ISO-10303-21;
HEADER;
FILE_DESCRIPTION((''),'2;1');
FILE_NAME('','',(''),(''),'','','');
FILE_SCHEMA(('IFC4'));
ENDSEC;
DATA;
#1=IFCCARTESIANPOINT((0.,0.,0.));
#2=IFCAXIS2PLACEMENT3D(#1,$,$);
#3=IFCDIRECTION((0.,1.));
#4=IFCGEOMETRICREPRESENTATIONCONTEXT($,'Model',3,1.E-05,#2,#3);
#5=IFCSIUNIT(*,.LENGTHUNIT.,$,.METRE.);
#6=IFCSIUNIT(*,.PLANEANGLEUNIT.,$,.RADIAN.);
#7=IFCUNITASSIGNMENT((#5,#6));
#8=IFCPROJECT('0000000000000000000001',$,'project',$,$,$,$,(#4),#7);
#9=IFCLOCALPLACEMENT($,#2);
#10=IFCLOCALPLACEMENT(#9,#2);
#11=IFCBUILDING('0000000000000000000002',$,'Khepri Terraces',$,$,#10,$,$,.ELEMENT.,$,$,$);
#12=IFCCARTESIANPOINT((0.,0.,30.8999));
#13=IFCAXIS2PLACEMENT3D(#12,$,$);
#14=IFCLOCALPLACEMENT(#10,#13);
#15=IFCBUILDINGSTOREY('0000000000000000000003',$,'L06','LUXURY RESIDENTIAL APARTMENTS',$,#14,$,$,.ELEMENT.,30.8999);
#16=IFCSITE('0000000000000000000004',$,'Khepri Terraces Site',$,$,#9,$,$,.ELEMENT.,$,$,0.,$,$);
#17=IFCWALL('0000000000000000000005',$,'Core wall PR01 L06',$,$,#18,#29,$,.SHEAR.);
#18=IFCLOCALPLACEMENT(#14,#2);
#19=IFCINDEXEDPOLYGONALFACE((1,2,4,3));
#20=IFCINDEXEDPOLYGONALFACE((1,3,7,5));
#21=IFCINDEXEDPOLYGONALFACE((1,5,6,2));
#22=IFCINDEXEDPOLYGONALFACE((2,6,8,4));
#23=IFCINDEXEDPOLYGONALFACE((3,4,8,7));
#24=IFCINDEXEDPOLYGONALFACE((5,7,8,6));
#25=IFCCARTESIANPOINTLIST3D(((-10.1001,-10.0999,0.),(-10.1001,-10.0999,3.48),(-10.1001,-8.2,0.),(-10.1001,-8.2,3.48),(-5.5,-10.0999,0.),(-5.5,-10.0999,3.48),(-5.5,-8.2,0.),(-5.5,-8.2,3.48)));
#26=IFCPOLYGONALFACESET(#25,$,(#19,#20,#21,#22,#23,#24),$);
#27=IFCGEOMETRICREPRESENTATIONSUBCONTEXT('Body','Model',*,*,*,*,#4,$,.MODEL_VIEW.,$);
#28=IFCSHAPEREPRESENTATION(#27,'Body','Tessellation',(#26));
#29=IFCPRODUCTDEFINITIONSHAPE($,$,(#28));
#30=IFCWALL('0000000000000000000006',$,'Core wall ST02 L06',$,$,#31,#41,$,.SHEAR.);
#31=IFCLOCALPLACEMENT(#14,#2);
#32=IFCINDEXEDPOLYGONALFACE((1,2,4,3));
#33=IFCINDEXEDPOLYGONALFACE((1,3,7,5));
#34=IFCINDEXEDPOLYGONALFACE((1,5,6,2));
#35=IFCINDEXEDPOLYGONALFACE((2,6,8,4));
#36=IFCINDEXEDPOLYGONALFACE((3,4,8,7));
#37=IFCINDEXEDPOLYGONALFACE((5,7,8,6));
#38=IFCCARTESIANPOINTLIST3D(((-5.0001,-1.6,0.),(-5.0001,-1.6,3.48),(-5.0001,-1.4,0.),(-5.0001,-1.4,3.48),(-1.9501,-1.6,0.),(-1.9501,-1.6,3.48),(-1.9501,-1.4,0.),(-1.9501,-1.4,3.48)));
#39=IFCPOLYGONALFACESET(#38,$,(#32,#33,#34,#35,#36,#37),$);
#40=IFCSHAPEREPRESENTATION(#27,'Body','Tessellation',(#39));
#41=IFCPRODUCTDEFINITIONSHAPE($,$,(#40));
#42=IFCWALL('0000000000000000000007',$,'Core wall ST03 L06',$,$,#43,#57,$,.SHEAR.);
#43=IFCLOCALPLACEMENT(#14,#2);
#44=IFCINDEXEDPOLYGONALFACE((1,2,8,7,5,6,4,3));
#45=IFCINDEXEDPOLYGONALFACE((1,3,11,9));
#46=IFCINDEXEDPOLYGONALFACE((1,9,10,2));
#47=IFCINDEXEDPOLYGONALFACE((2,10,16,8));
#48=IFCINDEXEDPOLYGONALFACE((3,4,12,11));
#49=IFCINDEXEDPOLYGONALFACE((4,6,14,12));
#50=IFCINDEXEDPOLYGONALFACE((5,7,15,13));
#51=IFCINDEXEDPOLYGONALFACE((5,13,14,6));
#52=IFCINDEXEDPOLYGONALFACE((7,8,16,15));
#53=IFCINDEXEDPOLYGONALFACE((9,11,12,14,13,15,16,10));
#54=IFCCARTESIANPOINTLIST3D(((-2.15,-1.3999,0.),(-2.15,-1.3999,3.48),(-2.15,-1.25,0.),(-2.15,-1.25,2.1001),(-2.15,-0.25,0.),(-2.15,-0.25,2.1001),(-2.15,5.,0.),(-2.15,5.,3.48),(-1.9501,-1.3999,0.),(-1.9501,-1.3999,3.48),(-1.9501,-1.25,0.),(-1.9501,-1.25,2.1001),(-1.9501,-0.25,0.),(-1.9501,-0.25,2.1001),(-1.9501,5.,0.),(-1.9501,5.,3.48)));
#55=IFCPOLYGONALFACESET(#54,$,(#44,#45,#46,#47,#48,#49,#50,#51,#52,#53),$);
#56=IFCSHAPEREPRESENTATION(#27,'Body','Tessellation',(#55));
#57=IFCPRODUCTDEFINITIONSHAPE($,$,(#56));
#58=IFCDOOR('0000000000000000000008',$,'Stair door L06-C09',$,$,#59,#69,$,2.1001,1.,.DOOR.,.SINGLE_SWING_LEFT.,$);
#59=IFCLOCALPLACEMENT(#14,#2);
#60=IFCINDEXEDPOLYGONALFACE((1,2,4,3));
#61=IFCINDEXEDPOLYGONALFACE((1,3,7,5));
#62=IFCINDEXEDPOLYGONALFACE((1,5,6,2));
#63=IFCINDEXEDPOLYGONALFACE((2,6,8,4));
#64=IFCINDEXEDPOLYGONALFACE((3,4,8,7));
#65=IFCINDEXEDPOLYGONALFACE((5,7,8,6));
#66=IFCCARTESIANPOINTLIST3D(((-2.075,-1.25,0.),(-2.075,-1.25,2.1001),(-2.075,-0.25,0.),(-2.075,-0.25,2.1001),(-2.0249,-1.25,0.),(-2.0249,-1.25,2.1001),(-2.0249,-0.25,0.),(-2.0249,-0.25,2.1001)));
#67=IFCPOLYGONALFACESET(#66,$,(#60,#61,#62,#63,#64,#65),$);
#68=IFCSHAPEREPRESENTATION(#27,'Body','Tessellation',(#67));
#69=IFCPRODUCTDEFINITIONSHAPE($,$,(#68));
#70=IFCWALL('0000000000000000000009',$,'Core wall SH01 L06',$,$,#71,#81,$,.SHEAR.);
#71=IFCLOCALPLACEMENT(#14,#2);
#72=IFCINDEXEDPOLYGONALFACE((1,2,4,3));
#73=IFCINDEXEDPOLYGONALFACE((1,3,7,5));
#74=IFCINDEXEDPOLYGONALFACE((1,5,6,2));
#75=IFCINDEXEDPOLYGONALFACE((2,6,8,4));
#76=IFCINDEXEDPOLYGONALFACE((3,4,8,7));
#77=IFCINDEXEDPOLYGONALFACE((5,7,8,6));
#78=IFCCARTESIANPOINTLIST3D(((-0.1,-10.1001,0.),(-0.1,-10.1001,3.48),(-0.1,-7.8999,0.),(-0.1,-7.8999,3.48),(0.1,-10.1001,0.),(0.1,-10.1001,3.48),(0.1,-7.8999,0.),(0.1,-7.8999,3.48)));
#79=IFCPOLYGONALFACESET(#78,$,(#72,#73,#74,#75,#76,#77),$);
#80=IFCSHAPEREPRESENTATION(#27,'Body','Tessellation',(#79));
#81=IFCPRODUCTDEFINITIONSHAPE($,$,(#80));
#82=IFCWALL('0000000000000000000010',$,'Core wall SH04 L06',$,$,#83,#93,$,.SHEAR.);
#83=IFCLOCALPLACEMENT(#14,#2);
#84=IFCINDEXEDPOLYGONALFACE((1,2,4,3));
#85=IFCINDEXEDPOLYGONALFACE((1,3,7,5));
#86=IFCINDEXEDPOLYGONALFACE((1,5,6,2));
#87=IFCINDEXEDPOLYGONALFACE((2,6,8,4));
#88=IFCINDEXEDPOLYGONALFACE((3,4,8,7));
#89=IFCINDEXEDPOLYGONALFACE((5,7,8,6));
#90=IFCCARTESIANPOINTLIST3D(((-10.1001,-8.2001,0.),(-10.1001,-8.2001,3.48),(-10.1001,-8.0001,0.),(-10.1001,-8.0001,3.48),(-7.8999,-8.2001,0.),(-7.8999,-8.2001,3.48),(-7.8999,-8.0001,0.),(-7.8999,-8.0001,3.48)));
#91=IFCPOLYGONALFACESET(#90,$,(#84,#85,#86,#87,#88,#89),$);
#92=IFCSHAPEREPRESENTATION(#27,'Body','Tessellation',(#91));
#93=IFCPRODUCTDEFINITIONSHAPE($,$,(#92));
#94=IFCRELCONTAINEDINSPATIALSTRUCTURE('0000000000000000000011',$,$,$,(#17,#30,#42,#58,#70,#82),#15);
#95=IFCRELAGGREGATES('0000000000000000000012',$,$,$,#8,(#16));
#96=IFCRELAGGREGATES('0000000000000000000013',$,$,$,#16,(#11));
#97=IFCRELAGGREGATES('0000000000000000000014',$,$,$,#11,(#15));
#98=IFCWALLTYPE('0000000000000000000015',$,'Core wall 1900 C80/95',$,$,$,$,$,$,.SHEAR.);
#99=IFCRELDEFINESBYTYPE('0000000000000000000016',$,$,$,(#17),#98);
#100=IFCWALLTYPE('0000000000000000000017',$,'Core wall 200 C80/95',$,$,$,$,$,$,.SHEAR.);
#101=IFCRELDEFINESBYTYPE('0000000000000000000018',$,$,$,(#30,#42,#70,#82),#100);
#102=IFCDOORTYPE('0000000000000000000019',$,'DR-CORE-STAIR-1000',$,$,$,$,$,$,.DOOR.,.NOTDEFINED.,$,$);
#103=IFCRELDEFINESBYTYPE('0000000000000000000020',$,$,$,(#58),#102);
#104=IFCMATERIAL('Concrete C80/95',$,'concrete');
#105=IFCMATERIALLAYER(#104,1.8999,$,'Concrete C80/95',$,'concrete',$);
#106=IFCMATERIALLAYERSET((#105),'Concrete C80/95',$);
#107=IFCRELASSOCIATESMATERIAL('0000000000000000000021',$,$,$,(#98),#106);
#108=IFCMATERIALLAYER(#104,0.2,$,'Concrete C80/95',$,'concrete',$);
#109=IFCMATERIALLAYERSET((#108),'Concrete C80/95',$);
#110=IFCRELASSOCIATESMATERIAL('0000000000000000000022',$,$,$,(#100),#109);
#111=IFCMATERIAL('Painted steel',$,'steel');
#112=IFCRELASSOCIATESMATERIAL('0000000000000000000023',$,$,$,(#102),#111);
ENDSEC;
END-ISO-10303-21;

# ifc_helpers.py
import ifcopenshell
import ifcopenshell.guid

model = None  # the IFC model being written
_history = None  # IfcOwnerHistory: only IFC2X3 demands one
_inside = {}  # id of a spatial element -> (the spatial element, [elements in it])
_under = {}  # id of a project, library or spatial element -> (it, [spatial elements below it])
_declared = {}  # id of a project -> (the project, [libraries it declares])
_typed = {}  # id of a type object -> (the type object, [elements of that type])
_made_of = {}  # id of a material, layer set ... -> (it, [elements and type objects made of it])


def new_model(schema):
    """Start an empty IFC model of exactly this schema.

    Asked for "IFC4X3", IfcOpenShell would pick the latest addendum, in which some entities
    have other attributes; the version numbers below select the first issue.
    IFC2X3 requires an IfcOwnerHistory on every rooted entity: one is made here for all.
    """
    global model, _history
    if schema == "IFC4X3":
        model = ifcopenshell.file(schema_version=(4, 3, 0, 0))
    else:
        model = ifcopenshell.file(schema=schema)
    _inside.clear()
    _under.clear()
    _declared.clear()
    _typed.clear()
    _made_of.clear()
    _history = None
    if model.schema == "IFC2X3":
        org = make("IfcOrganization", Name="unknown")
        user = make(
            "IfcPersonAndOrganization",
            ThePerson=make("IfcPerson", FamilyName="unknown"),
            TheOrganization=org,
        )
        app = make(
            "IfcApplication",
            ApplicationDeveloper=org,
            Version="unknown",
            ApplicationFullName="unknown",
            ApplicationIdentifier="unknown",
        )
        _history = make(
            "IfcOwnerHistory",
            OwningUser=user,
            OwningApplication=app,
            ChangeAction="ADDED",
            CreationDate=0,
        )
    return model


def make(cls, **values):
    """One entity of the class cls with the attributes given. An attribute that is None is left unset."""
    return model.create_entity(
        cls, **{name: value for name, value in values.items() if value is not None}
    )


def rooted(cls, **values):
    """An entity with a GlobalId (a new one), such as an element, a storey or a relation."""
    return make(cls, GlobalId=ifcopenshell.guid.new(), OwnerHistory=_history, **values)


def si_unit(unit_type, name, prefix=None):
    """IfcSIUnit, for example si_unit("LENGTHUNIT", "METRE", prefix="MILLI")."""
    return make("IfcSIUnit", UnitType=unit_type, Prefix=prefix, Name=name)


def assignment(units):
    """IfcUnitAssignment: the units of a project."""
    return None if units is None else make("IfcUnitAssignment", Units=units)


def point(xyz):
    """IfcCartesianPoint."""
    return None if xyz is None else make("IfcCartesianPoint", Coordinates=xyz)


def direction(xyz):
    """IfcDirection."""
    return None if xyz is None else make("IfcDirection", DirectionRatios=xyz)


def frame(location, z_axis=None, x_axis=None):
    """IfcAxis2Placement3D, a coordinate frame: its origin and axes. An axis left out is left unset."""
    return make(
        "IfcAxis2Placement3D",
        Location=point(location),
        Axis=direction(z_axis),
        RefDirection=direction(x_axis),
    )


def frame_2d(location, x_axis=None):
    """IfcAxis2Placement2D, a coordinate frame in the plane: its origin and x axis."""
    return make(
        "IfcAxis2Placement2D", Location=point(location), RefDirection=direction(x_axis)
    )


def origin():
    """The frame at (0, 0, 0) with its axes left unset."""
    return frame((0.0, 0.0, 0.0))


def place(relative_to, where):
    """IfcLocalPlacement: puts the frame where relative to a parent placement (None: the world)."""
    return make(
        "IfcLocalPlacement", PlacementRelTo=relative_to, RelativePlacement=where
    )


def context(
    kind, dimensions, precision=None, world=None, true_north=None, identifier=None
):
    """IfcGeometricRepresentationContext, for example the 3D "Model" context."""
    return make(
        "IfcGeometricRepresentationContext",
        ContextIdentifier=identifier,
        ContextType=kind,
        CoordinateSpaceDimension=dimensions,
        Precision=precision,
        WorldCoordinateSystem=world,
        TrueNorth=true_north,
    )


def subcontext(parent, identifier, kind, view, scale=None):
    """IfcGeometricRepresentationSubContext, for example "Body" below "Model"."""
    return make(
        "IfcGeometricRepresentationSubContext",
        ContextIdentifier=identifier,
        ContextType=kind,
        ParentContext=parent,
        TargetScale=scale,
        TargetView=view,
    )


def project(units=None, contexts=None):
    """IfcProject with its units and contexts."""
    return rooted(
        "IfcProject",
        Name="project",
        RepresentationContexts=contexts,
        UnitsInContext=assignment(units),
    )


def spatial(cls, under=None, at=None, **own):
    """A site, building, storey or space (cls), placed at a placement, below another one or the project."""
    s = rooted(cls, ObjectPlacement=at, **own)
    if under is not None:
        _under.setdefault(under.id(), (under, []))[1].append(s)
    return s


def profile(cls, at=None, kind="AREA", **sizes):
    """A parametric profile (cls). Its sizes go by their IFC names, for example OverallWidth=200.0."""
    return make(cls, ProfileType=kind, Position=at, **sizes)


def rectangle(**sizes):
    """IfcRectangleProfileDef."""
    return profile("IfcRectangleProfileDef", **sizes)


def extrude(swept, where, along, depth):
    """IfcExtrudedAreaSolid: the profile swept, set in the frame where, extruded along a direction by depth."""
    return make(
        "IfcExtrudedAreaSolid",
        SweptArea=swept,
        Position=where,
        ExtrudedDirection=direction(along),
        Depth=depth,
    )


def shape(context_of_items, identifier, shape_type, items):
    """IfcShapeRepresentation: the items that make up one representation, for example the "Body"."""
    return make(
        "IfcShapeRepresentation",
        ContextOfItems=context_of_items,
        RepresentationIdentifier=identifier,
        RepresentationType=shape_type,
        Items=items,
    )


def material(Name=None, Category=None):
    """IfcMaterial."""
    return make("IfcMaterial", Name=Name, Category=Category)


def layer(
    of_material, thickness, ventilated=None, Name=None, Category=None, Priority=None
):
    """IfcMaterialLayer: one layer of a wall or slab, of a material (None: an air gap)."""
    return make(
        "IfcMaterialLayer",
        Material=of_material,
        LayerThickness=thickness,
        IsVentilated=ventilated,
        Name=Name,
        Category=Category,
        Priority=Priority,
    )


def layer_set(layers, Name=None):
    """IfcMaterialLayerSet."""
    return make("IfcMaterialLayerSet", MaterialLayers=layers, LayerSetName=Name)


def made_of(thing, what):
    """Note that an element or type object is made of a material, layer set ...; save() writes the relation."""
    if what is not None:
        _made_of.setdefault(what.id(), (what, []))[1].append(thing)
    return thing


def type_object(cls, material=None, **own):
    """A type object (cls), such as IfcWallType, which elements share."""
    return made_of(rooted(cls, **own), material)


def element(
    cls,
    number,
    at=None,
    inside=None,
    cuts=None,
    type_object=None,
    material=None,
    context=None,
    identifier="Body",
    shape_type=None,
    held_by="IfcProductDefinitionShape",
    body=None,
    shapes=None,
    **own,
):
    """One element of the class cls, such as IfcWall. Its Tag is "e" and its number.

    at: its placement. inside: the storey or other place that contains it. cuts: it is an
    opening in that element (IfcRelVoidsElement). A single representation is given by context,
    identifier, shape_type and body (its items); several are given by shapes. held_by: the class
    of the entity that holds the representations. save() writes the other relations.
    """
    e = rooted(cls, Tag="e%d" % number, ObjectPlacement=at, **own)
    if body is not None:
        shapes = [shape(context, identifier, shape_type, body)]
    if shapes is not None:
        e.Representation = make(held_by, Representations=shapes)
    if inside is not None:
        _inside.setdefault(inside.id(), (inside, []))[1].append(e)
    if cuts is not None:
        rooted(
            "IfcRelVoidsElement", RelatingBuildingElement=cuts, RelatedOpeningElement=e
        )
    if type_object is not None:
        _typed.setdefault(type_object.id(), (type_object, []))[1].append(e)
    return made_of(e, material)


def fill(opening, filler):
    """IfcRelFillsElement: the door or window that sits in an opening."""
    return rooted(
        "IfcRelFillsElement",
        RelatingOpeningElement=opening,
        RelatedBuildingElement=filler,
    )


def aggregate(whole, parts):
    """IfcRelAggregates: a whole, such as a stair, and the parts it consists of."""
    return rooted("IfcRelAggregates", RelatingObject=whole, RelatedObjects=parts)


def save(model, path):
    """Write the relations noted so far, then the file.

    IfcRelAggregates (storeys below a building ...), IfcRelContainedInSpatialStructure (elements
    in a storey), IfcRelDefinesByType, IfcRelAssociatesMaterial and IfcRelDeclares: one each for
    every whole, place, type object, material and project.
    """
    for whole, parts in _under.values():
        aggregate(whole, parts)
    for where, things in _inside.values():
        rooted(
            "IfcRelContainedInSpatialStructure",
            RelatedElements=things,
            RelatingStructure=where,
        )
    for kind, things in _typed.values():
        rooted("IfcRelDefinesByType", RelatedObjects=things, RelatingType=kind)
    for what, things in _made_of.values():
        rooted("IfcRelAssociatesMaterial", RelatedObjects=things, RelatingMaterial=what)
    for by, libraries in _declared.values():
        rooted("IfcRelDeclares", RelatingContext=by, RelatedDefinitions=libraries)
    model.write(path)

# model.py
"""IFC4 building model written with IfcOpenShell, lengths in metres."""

from ifc_helpers import new_model, si_unit, direction, frame, frame_2d, origin, place, context, subcontext, project, spatial, rectangle, extrude, material, layer, layer_set, type_object, element, fill, save


model = new_model("IFC4")

# Units and contexts
model_context = context("Model", 3, precision=1e-05, world=origin(), true_north=direction((0.0, 1.0)))
body_context = subcontext(model_context, "Body", "Model", "MODEL_VIEW")
ifc_project = project(units=[si_unit("LENGTHUNIT", "METRE"), si_unit("PLANEANGLEUNIT", "RADIAN")], contexts=[model_context])

# Site, building, storey
site_placement = place(None, origin())
site = spatial("IfcSite", under=ifc_project, at=site_placement, Name="Khepri Terraces Site", CompositionType="ELEMENT", RefElevation=0.0)
building_placement = place(site_placement, origin())
building = spatial("IfcBuilding", under=site, at=building_placement, Name="Khepri Terraces", CompositionType="ELEMENT")
storey_placement = place(building_placement, frame((0.0, 0.0, 30.8999)))
storey = spatial("IfcBuildingStorey", under=building, at=storey_placement, Name="L06", Description="LUXURY RESIDENTIAL APARTMENTS", CompositionType="ELEMENT", Elevation=30.8999)

# Walls
ifc_material_1 = material(Name="Concrete C80/95", Category="concrete")
ifc_layer_1 = layer(ifc_material_1, 1.8999, Name="Concrete C80/95", Category="concrete")
ifc_layer_set_1 = layer_set([ifc_layer_1], Name="Concrete C80/95")
wall_type_1 = type_object("IfcWallType", Name="Core wall 1900 C80/95", PredefinedType="SHEAR", material=ifc_layer_set_1)
wall_1_placement = place(storey_placement, frame((-10.1001, -9.1499, 0.0), z_axis=(0.0, 0.0, 1.0), x_axis=(1.0, 0.0, 0.0)))
element("IfcWall", 1, at=wall_1_placement, inside=storey, type_object=wall_type_1, Name="Core wall PR01 L06", PredefinedType="SHEAR", context=body_context, shape_type="SweptSolid", body=[
    extrude(rectangle(XDim=4.6001, YDim=1.8999, at=frame_2d((2.3, 0.0))), origin(), (0.0, 0.0, 1.0), 3.48),
])
ifc_layer_2 = layer(ifc_material_1, 0.2, Name="Concrete C80/95", Category="concrete")
ifc_layer_set_2 = layer_set([ifc_layer_2], Name="Concrete C80/95")
wall_type_2 = type_object("IfcWallType", Name="Core wall 200 C80/95", PredefinedType="SHEAR", material=ifc_layer_set_2)
wall_2_placement = place(storey_placement, frame((-5.0, -1.5, 0.0), z_axis=(0.0, 0.0, 1.0), x_axis=(1.0, 0.0, 0.0)))
element("IfcWall", 2, at=wall_2_placement, inside=storey, type_object=wall_type_2, Name="Core wall ST02 L06", PredefinedType="SHEAR", context=body_context, shape_type="SweptSolid", body=[
    extrude(rectangle(XDim=3.05, YDim=0.2, at=frame_2d((1.5249, 0.0))), origin(), (0.0, 0.0, 1.0), 3.48),
])

# Wall, opening, door
wall_3_placement = place(storey_placement, frame((-2.05, -1.3999, 0.0), z_axis=(0.0, 0.0, 1.0), x_axis=(0.0, 1.0, 0.0)))
wall_3 = element("IfcWall", 3, at=wall_3_placement, inside=storey, type_object=wall_type_2, Name="Core wall ST03 L06", PredefinedType="SHEAR", context=body_context, shape_type="SweptSolid", body=[
    extrude(rectangle(XDim=6.3999, YDim=0.2, at=frame_2d((3.2, 0.0))), origin(), (0.0, 0.0, 1.0), 3.48),
])
opening_1_placement = place(wall_3_placement, frame((0.1499, 0.0, 0.0)))
opening_1 = element("IfcOpeningElement", 4, at=opening_1_placement, cuts=wall_3, PredefinedType="OPENING", context=body_context, shape_type="SweptSolid", body=[
    extrude(rectangle(XDim=1.0, YDim=2.1001, at=frame_2d((0.5, 1.05))), frame((0.0, 0.1099, 0.0), z_axis=(0.0, -1.0, 0.0), x_axis=(1.0, 0.0, 0.0)), (0.0, 0.0, 1.0), 0.22),
])
ifc_material_2 = material(Name="Painted steel", Category="steel")
door_type_1 = type_object("IfcDoorType", Name="DR-CORE-STAIR-1000", OperationType="NOTDEFINED", PredefinedType="DOOR", material=ifc_material_2)
door_1_placement = place(opening_1_placement, origin())
door_1 = element("IfcDoor", 5, at=door_1_placement, inside=storey, type_object=door_type_1, Name="Stair door L06-C09", OperationType="SINGLE_SWING_LEFT", OverallHeight=2.1001, OverallWidth=1.0, PredefinedType="DOOR", context=body_context, shape_type="SweptSolid", body=[
    extrude(rectangle(XDim=1.0, YDim=2.1001, at=frame_2d((0.5, 1.05))), frame((0.0, 0.0249, 0.0), z_axis=(0.0, -1.0, 0.0), x_axis=(1.0, 0.0, 0.0)), (0.0, 0.0, 1.0), 0.05),
])
fill(opening_1, door_1)

# Walls
for number, where, z_axis, x_axis, name in (
    (6, (0.0, -10.1001, 0.0), (0.0, 0.0, 1.0), (0.0, 1.0, 0.0), "Core wall SH01 L06"),
    (7, (-10.1001, -8.1001, 0.0), (0.0, 0.0, 1.0), (1.0, 0.0, 0.0), "Core wall SH04 L06"),
):
    element("IfcWall", number, at=place(storey_placement, frame(where, z_axis=z_axis, x_axis=x_axis)), inside=storey, type_object=wall_type_2, Name=name, PredefinedType="SHEAR", context=body_context, shape_type="SweptSolid", body=[
        extrude(rectangle(XDim=2.2002, YDim=0.2, at=frame_2d((1.1001, 0.0))), origin(), (0.0, 0.0, 1.0), 3.48),
    ])

save(model, "model.ifc")
